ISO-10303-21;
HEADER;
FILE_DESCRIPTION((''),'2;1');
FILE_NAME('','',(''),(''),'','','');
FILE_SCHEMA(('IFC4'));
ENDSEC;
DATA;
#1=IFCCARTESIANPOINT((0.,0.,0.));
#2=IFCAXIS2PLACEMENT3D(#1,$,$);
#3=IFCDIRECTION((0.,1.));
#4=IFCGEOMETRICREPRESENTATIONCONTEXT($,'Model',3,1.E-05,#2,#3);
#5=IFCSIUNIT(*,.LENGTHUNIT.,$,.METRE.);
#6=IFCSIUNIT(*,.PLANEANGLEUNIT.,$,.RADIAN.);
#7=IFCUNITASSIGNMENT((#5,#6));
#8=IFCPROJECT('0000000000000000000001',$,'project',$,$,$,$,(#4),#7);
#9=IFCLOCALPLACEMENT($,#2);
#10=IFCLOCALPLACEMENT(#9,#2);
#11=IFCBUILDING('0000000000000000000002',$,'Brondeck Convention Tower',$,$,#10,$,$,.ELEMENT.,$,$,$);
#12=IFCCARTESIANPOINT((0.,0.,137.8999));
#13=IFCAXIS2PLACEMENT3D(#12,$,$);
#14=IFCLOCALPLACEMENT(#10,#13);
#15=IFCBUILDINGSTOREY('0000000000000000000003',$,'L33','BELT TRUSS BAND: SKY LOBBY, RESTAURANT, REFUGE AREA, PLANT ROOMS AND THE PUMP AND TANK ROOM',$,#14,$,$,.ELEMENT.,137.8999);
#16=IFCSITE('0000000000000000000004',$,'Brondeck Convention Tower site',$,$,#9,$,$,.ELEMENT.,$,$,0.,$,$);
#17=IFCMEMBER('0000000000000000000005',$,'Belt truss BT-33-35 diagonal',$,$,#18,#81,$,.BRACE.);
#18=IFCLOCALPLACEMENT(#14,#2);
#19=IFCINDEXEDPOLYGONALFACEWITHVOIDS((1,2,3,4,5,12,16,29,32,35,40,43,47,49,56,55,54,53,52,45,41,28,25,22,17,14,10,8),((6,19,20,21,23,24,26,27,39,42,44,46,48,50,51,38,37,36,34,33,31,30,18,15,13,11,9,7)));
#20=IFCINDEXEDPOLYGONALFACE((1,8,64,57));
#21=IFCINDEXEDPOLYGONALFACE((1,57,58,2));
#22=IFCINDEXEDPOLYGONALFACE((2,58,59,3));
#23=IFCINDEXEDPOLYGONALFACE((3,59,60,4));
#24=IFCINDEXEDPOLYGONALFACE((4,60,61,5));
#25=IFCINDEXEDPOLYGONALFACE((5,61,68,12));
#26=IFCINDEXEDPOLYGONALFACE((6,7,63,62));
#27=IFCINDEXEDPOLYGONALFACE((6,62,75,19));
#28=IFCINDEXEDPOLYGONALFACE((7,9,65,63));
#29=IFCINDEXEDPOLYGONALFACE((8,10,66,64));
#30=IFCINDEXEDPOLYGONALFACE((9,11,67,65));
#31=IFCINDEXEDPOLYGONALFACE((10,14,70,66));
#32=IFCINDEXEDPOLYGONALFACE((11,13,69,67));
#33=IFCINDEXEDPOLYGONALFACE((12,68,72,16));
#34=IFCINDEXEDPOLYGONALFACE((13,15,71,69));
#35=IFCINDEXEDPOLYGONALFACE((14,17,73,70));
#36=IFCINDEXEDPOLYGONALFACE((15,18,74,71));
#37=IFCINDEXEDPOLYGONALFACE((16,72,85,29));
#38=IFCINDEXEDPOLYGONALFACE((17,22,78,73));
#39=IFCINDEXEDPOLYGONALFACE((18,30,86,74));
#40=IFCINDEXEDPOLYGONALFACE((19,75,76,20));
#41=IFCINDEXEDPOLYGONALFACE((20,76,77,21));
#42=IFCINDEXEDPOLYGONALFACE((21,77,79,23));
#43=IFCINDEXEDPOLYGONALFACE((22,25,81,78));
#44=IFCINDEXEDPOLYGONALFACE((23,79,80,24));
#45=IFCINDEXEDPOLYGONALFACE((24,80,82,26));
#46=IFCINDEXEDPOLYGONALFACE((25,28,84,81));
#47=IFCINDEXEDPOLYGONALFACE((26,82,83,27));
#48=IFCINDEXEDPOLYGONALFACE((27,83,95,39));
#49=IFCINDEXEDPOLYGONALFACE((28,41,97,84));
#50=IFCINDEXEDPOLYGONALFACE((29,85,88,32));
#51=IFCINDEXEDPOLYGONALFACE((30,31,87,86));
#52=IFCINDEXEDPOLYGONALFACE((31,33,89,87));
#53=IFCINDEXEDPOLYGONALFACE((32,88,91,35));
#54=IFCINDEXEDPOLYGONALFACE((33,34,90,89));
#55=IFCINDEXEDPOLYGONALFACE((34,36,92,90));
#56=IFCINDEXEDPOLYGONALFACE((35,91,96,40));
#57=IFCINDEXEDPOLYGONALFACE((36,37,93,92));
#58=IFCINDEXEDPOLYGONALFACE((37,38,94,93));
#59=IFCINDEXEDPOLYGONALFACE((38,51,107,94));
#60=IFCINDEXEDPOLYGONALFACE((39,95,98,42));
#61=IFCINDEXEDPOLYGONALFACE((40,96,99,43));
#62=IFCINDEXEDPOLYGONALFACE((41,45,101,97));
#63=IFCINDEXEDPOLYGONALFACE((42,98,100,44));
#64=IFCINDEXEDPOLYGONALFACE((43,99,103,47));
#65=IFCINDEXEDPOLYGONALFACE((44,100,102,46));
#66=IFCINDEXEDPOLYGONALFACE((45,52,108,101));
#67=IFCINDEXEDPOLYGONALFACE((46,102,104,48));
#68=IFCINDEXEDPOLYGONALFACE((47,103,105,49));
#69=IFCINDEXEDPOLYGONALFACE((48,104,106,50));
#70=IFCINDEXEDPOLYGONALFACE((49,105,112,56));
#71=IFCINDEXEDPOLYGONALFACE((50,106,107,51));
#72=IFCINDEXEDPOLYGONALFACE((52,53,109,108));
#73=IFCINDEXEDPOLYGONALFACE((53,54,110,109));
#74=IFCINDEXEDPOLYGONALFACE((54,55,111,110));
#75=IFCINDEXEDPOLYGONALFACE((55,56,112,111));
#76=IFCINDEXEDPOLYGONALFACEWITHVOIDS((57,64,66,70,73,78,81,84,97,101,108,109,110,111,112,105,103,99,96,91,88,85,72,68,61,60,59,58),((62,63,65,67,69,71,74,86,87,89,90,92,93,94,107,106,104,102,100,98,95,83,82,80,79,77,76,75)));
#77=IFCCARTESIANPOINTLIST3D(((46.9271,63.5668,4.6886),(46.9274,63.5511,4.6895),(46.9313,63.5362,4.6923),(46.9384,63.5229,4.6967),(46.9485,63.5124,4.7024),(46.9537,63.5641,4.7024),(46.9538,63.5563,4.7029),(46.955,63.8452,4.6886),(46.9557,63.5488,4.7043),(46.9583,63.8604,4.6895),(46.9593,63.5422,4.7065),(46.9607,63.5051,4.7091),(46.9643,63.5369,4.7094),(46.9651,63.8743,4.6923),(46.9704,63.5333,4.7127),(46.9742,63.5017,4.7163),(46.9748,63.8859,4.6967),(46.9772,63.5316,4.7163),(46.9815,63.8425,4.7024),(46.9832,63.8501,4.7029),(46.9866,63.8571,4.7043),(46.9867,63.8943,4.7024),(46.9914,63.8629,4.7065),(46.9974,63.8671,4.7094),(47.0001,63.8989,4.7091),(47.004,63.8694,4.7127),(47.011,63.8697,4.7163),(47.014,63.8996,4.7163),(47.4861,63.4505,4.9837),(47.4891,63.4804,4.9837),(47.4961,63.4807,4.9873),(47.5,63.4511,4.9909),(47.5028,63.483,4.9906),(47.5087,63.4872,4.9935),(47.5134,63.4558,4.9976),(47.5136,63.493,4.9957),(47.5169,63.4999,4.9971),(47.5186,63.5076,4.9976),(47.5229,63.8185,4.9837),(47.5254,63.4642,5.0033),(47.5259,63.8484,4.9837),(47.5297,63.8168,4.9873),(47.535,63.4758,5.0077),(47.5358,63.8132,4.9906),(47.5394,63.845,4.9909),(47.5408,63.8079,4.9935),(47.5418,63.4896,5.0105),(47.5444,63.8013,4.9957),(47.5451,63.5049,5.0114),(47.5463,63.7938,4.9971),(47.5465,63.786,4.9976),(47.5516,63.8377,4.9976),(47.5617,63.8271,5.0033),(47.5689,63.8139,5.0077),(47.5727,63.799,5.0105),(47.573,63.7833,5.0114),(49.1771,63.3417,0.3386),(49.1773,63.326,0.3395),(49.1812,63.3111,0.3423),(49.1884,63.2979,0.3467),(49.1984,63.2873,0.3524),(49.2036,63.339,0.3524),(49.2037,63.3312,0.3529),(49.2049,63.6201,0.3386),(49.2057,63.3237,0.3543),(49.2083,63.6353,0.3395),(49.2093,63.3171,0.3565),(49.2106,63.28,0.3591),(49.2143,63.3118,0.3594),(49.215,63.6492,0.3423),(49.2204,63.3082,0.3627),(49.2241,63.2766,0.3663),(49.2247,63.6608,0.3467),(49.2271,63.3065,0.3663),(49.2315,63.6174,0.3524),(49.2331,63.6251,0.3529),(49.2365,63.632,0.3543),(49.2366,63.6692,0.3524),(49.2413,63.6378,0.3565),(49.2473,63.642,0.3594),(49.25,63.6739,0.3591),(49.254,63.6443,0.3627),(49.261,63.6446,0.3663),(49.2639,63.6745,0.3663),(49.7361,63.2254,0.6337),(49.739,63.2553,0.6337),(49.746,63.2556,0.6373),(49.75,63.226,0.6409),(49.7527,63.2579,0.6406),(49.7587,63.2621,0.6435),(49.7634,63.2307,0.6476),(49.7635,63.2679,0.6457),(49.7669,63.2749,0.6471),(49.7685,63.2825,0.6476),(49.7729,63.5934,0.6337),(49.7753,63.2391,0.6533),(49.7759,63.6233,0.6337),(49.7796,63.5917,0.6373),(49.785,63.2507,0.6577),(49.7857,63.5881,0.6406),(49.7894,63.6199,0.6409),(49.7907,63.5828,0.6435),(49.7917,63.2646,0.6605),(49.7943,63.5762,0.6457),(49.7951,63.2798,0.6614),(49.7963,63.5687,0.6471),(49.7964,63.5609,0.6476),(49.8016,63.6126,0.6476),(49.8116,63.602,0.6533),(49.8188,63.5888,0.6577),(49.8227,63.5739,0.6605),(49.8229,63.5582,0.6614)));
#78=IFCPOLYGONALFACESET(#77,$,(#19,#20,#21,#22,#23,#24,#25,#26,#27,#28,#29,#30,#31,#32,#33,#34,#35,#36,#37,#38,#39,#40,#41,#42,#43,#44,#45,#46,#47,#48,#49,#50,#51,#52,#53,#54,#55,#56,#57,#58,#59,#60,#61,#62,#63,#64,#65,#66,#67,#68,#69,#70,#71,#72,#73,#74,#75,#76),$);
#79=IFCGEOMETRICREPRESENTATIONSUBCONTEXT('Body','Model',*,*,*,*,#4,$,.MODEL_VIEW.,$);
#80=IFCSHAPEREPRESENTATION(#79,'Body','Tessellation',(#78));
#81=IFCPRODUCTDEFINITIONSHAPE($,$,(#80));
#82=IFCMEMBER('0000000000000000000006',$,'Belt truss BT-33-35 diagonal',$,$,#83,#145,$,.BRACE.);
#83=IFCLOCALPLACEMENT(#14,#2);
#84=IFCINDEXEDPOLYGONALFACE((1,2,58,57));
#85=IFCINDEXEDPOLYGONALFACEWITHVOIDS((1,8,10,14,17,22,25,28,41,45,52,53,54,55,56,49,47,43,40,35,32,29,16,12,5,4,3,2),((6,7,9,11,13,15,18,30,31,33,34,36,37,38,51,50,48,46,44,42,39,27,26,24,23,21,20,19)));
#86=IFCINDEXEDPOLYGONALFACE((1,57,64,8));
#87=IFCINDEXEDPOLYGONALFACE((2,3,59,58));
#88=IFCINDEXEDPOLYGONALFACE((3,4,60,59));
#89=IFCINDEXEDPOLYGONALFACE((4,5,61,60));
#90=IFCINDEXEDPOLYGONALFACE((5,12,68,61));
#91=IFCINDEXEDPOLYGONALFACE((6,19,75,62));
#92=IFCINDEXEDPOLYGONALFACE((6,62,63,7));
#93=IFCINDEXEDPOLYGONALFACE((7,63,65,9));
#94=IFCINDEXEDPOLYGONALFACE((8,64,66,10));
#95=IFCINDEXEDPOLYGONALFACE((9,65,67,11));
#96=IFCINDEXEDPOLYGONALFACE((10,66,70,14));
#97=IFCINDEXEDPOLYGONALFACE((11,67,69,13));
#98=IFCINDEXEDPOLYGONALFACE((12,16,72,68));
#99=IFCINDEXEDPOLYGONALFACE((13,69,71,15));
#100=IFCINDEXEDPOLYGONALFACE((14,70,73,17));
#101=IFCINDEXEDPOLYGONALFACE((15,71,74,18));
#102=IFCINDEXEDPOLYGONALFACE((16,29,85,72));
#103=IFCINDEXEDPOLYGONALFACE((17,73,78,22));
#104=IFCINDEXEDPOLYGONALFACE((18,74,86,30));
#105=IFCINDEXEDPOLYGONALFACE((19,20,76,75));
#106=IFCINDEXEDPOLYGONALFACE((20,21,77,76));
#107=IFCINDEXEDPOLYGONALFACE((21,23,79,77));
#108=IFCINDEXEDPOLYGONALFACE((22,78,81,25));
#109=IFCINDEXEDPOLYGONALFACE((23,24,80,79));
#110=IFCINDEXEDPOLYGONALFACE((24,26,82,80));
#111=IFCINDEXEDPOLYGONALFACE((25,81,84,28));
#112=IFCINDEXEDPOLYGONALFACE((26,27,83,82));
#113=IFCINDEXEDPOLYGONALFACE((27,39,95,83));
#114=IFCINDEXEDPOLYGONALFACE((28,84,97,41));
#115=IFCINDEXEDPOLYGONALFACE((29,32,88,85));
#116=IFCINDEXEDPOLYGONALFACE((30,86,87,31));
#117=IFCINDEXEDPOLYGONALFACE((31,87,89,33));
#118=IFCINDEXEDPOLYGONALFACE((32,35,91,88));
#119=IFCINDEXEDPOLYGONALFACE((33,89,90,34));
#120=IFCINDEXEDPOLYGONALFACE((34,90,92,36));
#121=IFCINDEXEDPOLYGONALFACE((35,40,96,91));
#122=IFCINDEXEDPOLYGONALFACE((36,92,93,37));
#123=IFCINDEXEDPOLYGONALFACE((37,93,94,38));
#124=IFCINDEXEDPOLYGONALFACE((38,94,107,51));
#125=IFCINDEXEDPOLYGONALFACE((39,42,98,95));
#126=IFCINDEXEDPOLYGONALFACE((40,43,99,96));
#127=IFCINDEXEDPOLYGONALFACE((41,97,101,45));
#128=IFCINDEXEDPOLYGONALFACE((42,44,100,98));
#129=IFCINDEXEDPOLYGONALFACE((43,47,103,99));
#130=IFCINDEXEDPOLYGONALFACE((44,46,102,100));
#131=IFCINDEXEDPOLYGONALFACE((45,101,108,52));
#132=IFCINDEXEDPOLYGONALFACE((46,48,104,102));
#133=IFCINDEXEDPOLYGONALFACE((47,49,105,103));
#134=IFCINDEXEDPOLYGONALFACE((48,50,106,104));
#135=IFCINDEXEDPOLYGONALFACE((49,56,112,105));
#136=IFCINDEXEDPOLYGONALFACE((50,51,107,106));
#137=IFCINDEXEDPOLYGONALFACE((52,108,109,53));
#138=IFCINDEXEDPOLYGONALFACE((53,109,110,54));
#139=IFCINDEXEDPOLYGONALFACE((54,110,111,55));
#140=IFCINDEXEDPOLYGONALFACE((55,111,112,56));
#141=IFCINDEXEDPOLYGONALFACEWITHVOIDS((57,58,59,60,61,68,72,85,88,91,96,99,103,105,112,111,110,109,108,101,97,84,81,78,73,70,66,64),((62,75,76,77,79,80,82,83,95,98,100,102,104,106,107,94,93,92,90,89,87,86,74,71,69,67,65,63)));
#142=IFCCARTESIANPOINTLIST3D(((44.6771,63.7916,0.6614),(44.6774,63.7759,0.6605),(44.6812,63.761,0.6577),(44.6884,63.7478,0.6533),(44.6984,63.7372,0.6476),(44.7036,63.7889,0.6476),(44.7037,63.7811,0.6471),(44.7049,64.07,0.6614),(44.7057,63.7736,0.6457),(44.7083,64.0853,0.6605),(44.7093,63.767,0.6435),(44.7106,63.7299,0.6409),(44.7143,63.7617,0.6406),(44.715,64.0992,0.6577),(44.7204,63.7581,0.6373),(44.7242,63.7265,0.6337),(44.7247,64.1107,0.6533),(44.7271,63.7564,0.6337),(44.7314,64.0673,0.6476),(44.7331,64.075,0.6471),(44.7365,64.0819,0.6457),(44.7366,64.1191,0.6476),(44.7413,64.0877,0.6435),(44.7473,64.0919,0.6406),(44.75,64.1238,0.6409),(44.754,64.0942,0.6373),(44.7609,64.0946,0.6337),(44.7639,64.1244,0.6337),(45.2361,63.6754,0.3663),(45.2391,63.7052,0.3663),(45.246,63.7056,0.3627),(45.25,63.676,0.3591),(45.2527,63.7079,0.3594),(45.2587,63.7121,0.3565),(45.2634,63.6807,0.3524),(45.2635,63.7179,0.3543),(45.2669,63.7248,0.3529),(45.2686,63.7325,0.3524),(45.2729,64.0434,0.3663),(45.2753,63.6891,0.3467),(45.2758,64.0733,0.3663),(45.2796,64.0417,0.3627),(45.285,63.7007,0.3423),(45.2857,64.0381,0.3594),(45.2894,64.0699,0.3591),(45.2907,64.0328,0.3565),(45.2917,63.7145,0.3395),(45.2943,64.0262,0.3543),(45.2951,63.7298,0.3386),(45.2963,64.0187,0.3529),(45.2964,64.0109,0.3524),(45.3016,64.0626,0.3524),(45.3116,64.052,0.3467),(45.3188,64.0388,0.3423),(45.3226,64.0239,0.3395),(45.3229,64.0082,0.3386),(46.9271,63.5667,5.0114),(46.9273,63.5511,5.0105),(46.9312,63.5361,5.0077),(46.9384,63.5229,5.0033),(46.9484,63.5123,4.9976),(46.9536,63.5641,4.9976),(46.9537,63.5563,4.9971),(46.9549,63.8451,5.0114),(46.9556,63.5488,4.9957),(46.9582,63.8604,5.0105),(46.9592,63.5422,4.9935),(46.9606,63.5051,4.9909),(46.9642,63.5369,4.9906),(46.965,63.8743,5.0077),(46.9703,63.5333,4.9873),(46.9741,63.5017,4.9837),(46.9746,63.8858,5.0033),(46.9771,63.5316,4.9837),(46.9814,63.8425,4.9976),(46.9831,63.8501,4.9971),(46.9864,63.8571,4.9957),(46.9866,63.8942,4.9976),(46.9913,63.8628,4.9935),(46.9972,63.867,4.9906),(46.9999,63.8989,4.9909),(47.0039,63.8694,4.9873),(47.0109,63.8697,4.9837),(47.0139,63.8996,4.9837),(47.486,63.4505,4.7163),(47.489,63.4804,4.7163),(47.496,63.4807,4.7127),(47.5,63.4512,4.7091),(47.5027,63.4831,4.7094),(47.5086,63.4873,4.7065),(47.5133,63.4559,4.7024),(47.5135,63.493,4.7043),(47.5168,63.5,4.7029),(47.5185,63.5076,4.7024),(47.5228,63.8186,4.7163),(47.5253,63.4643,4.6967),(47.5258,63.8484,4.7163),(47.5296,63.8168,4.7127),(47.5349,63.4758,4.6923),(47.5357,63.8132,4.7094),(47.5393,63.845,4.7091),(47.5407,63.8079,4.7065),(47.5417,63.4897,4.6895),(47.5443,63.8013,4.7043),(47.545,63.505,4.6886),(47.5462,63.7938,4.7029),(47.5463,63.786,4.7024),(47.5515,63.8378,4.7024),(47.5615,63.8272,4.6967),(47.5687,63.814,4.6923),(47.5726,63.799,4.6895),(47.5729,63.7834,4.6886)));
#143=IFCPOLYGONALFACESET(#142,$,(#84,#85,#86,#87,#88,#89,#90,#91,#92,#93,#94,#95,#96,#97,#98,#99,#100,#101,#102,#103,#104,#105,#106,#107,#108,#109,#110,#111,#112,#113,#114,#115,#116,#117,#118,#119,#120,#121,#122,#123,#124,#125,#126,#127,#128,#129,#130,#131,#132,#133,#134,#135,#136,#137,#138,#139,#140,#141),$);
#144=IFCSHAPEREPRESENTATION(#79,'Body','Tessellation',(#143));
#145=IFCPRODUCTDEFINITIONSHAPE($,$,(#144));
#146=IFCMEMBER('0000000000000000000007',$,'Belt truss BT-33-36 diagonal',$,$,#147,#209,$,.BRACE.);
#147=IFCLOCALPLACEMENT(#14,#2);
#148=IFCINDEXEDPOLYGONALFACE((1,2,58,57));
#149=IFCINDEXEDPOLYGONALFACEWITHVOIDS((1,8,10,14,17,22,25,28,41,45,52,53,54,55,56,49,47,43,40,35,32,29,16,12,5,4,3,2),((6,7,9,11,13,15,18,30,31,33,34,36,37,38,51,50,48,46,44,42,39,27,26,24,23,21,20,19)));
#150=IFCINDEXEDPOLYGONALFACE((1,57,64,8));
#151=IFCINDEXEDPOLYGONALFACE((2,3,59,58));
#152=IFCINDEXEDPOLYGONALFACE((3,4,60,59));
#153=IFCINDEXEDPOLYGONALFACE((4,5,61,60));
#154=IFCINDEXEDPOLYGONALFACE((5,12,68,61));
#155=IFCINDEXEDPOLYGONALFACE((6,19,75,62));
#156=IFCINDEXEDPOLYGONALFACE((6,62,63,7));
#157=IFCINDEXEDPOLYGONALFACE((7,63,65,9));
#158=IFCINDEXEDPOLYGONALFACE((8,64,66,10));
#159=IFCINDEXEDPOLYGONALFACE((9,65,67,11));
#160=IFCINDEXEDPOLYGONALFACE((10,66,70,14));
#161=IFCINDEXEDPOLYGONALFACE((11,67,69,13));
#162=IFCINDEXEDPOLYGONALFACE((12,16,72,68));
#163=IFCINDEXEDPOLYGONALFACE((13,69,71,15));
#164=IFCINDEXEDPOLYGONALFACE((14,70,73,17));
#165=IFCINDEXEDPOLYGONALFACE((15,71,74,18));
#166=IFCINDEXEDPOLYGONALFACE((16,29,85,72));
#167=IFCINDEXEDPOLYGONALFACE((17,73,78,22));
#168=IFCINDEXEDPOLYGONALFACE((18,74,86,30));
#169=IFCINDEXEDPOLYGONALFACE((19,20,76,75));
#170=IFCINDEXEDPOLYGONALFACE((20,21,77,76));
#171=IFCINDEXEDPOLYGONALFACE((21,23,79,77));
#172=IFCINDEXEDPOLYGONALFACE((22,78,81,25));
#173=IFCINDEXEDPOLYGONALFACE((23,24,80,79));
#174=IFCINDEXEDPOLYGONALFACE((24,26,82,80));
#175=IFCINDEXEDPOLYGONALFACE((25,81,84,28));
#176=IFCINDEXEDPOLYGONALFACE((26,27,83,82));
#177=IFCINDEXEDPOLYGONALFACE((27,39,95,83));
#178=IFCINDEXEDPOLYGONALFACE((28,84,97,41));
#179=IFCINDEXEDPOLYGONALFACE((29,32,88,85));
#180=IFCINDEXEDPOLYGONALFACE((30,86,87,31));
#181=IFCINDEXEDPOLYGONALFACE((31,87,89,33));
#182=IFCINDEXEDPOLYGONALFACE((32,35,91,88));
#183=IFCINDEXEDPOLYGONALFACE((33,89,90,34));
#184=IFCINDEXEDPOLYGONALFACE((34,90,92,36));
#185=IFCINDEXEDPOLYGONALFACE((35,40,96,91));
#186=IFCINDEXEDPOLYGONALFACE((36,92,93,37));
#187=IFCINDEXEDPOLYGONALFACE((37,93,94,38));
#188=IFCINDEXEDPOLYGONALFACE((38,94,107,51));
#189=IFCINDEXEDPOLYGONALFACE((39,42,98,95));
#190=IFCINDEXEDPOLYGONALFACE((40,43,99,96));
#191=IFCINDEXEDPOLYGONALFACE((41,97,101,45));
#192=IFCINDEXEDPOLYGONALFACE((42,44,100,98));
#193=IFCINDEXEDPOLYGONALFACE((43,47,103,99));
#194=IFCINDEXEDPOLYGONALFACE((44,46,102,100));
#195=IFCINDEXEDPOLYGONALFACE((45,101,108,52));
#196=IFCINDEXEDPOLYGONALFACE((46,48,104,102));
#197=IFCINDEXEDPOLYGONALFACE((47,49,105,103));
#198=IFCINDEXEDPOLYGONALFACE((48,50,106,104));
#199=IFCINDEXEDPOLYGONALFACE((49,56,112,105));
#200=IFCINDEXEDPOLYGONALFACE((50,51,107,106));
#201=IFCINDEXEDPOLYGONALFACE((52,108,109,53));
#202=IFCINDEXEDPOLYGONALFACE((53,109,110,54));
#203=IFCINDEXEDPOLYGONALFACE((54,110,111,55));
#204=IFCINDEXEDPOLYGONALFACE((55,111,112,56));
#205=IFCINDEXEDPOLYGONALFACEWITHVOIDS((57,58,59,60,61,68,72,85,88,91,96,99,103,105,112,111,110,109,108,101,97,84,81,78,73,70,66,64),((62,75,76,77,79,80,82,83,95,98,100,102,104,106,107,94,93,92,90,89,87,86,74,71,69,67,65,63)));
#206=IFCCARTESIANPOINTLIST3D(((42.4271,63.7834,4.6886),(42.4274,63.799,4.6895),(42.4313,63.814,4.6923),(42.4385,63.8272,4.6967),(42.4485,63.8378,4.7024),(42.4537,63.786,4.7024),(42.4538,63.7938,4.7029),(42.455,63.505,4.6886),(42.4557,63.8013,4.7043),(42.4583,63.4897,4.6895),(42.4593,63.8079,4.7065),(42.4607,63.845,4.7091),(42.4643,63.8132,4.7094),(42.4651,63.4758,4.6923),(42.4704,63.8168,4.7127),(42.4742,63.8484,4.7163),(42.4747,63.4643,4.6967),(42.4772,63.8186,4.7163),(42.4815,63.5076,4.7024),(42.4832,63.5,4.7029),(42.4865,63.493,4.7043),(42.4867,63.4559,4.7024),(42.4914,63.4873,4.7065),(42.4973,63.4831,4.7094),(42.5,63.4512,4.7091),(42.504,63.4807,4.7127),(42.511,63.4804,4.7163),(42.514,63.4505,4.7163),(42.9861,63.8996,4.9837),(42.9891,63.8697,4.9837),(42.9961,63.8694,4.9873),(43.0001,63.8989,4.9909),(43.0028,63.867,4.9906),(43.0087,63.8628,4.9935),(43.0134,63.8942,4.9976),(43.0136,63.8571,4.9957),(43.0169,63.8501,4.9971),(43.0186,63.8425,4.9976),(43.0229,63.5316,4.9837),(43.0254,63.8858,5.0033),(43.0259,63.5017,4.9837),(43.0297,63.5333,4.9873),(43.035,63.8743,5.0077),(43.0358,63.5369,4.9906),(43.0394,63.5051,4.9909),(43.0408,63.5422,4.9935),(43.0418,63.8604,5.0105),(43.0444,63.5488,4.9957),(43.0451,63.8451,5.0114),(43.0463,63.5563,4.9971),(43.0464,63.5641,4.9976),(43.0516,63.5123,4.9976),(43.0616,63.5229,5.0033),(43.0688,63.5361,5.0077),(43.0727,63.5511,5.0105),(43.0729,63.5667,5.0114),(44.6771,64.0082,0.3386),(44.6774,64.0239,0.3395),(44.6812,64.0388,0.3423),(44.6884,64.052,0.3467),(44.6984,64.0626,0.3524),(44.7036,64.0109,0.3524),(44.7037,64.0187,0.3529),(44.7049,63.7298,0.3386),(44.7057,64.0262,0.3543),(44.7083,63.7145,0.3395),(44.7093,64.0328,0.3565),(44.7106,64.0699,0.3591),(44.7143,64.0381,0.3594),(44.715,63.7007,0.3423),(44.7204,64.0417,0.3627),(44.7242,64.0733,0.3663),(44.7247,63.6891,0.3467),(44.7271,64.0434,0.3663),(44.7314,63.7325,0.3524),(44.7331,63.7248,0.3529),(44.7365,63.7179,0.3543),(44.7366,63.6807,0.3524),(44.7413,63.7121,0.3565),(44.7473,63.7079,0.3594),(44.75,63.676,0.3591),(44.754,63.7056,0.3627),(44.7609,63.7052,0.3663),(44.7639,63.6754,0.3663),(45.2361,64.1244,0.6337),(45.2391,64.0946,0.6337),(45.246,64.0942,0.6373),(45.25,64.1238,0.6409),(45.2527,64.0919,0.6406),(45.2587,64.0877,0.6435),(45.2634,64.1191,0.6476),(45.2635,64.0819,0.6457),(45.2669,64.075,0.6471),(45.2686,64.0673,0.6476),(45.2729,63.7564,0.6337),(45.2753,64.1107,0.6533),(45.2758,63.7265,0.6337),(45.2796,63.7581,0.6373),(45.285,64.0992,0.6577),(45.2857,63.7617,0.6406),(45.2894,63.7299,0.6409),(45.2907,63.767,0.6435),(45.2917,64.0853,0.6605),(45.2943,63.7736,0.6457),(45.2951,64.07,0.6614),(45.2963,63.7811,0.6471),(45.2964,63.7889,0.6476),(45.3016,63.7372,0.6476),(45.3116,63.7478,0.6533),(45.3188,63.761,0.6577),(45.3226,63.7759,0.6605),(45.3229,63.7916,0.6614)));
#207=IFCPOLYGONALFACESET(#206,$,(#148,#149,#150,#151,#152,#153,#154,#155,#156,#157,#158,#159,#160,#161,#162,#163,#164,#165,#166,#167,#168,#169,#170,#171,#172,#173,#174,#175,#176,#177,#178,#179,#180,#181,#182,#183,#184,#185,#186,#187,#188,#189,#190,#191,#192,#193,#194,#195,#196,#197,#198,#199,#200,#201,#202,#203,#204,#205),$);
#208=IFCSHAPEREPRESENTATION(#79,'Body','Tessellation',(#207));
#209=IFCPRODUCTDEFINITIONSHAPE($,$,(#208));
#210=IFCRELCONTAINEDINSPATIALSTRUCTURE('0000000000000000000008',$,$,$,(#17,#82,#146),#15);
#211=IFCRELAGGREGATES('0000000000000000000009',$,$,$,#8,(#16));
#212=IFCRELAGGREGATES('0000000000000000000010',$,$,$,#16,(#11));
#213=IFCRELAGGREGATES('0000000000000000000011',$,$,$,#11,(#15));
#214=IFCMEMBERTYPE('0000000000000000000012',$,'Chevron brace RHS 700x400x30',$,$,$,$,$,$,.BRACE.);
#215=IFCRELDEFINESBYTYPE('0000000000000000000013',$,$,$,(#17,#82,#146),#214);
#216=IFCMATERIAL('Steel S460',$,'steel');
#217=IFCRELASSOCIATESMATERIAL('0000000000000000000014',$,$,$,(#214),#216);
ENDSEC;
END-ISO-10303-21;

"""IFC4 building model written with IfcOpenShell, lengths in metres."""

from ifc_helpers import new_model, si_unit, direction, frame, origin, origin_2d, place, context, subcontext, project, spatial, hollow_rectangle, extrude, material, material_profile, profile_set, type_object, element, save


model = new_model("IFC4")

# Units and contexts
model_context = context("Model", 3, precision=1e-05, world=origin(), true_north=direction((0.0, 1.0)))
body_context = subcontext(model_context, "Body", "Model", "MODEL_VIEW")
ifc_project = project(units=[si_unit("LENGTHUNIT", "METRE"), si_unit("PLANEANGLEUNIT", "RADIAN")], contexts=[model_context])

# Site, building, storey
site_placement = place(None, origin())
site = spatial("IfcSite", under=ifc_project, at=site_placement, Name="Brondeck Convention Tower site", CompositionType="ELEMENT", RefElevation=0.0)
building_placement = place(site_placement, origin())
building = spatial("IfcBuilding", under=site, at=building_placement, Name="Brondeck Convention Tower", CompositionType="ELEMENT")
storey_placement = place(building_placement, frame((0.0, 0.0, 137.8999)))
storey = spatial("IfcBuildingStorey", under=building, at=storey_placement, Name="L33", Description="BELT TRUSS BAND: SKY LOBBY, RESTAURANT, REFUGE AREA, PLANT ROOMS AND THE PUMP AND TANK ROOM", CompositionType="ELEMENT", Elevation=137.8999)

# Members
ifc_material_1 = material(Name="Steel S460", Category="steel")
ifc_material_profile_1 = material_profile(ifc_material_1, hollow_rectangle(XDim=0.3999, YDim=0.7, WallThickness=0.03, InnerFilletRadius=0.03, OuterFilletRadius=0.0601, at=origin_2d()), Name="RHS 700x400x30")
ifc_profile_set_1 = profile_set([ifc_material_profile_1], Name="Steel S460")
member_type_1 = type_object("IfcMemberType", Name="Chevron brace RHS 700x400x30", PredefinedType="BRACE", material=ifc_profile_set_1)
for number, where, z_axis, x_axis, name in (
    (1, (49.5, 63.45, 0.5), (-0.45893, 0.045913, 0.887285), (-0.099546, -0.995033, 0.0), "Belt truss BT-33-35 diagonal"),
    (2, (45.0, 63.8999, 0.5), (0.458931, -0.045863, 0.887287), (0.09944, 0.995044, 0.0), "Belt truss BT-33-35 diagonal"),
    (3, (45.0, 63.8999, 0.5), (-0.458931, -0.045863, 0.887287), (0.09944, -0.995044, 0.0), "Belt truss BT-33-36 diagonal"),
):
    element("IfcMember", number, at=place(storey_placement, frame(where, z_axis=z_axis, x_axis=x_axis)), inside=storey, type_object=member_type_1, Name=name, PredefinedType="BRACE", context=body_context, shape_type="SweptSolid", body=[
        extrude(hollow_rectangle(XDim=0.3999, YDim=0.7, WallThickness=0.03, InnerFilletRadius=0.03, OuterFilletRadius=0.0601, at=origin_2d()), origin(), (0.0, 0.0, 1.0), 4.9026),
    ])

save(model, "model.ifc")
